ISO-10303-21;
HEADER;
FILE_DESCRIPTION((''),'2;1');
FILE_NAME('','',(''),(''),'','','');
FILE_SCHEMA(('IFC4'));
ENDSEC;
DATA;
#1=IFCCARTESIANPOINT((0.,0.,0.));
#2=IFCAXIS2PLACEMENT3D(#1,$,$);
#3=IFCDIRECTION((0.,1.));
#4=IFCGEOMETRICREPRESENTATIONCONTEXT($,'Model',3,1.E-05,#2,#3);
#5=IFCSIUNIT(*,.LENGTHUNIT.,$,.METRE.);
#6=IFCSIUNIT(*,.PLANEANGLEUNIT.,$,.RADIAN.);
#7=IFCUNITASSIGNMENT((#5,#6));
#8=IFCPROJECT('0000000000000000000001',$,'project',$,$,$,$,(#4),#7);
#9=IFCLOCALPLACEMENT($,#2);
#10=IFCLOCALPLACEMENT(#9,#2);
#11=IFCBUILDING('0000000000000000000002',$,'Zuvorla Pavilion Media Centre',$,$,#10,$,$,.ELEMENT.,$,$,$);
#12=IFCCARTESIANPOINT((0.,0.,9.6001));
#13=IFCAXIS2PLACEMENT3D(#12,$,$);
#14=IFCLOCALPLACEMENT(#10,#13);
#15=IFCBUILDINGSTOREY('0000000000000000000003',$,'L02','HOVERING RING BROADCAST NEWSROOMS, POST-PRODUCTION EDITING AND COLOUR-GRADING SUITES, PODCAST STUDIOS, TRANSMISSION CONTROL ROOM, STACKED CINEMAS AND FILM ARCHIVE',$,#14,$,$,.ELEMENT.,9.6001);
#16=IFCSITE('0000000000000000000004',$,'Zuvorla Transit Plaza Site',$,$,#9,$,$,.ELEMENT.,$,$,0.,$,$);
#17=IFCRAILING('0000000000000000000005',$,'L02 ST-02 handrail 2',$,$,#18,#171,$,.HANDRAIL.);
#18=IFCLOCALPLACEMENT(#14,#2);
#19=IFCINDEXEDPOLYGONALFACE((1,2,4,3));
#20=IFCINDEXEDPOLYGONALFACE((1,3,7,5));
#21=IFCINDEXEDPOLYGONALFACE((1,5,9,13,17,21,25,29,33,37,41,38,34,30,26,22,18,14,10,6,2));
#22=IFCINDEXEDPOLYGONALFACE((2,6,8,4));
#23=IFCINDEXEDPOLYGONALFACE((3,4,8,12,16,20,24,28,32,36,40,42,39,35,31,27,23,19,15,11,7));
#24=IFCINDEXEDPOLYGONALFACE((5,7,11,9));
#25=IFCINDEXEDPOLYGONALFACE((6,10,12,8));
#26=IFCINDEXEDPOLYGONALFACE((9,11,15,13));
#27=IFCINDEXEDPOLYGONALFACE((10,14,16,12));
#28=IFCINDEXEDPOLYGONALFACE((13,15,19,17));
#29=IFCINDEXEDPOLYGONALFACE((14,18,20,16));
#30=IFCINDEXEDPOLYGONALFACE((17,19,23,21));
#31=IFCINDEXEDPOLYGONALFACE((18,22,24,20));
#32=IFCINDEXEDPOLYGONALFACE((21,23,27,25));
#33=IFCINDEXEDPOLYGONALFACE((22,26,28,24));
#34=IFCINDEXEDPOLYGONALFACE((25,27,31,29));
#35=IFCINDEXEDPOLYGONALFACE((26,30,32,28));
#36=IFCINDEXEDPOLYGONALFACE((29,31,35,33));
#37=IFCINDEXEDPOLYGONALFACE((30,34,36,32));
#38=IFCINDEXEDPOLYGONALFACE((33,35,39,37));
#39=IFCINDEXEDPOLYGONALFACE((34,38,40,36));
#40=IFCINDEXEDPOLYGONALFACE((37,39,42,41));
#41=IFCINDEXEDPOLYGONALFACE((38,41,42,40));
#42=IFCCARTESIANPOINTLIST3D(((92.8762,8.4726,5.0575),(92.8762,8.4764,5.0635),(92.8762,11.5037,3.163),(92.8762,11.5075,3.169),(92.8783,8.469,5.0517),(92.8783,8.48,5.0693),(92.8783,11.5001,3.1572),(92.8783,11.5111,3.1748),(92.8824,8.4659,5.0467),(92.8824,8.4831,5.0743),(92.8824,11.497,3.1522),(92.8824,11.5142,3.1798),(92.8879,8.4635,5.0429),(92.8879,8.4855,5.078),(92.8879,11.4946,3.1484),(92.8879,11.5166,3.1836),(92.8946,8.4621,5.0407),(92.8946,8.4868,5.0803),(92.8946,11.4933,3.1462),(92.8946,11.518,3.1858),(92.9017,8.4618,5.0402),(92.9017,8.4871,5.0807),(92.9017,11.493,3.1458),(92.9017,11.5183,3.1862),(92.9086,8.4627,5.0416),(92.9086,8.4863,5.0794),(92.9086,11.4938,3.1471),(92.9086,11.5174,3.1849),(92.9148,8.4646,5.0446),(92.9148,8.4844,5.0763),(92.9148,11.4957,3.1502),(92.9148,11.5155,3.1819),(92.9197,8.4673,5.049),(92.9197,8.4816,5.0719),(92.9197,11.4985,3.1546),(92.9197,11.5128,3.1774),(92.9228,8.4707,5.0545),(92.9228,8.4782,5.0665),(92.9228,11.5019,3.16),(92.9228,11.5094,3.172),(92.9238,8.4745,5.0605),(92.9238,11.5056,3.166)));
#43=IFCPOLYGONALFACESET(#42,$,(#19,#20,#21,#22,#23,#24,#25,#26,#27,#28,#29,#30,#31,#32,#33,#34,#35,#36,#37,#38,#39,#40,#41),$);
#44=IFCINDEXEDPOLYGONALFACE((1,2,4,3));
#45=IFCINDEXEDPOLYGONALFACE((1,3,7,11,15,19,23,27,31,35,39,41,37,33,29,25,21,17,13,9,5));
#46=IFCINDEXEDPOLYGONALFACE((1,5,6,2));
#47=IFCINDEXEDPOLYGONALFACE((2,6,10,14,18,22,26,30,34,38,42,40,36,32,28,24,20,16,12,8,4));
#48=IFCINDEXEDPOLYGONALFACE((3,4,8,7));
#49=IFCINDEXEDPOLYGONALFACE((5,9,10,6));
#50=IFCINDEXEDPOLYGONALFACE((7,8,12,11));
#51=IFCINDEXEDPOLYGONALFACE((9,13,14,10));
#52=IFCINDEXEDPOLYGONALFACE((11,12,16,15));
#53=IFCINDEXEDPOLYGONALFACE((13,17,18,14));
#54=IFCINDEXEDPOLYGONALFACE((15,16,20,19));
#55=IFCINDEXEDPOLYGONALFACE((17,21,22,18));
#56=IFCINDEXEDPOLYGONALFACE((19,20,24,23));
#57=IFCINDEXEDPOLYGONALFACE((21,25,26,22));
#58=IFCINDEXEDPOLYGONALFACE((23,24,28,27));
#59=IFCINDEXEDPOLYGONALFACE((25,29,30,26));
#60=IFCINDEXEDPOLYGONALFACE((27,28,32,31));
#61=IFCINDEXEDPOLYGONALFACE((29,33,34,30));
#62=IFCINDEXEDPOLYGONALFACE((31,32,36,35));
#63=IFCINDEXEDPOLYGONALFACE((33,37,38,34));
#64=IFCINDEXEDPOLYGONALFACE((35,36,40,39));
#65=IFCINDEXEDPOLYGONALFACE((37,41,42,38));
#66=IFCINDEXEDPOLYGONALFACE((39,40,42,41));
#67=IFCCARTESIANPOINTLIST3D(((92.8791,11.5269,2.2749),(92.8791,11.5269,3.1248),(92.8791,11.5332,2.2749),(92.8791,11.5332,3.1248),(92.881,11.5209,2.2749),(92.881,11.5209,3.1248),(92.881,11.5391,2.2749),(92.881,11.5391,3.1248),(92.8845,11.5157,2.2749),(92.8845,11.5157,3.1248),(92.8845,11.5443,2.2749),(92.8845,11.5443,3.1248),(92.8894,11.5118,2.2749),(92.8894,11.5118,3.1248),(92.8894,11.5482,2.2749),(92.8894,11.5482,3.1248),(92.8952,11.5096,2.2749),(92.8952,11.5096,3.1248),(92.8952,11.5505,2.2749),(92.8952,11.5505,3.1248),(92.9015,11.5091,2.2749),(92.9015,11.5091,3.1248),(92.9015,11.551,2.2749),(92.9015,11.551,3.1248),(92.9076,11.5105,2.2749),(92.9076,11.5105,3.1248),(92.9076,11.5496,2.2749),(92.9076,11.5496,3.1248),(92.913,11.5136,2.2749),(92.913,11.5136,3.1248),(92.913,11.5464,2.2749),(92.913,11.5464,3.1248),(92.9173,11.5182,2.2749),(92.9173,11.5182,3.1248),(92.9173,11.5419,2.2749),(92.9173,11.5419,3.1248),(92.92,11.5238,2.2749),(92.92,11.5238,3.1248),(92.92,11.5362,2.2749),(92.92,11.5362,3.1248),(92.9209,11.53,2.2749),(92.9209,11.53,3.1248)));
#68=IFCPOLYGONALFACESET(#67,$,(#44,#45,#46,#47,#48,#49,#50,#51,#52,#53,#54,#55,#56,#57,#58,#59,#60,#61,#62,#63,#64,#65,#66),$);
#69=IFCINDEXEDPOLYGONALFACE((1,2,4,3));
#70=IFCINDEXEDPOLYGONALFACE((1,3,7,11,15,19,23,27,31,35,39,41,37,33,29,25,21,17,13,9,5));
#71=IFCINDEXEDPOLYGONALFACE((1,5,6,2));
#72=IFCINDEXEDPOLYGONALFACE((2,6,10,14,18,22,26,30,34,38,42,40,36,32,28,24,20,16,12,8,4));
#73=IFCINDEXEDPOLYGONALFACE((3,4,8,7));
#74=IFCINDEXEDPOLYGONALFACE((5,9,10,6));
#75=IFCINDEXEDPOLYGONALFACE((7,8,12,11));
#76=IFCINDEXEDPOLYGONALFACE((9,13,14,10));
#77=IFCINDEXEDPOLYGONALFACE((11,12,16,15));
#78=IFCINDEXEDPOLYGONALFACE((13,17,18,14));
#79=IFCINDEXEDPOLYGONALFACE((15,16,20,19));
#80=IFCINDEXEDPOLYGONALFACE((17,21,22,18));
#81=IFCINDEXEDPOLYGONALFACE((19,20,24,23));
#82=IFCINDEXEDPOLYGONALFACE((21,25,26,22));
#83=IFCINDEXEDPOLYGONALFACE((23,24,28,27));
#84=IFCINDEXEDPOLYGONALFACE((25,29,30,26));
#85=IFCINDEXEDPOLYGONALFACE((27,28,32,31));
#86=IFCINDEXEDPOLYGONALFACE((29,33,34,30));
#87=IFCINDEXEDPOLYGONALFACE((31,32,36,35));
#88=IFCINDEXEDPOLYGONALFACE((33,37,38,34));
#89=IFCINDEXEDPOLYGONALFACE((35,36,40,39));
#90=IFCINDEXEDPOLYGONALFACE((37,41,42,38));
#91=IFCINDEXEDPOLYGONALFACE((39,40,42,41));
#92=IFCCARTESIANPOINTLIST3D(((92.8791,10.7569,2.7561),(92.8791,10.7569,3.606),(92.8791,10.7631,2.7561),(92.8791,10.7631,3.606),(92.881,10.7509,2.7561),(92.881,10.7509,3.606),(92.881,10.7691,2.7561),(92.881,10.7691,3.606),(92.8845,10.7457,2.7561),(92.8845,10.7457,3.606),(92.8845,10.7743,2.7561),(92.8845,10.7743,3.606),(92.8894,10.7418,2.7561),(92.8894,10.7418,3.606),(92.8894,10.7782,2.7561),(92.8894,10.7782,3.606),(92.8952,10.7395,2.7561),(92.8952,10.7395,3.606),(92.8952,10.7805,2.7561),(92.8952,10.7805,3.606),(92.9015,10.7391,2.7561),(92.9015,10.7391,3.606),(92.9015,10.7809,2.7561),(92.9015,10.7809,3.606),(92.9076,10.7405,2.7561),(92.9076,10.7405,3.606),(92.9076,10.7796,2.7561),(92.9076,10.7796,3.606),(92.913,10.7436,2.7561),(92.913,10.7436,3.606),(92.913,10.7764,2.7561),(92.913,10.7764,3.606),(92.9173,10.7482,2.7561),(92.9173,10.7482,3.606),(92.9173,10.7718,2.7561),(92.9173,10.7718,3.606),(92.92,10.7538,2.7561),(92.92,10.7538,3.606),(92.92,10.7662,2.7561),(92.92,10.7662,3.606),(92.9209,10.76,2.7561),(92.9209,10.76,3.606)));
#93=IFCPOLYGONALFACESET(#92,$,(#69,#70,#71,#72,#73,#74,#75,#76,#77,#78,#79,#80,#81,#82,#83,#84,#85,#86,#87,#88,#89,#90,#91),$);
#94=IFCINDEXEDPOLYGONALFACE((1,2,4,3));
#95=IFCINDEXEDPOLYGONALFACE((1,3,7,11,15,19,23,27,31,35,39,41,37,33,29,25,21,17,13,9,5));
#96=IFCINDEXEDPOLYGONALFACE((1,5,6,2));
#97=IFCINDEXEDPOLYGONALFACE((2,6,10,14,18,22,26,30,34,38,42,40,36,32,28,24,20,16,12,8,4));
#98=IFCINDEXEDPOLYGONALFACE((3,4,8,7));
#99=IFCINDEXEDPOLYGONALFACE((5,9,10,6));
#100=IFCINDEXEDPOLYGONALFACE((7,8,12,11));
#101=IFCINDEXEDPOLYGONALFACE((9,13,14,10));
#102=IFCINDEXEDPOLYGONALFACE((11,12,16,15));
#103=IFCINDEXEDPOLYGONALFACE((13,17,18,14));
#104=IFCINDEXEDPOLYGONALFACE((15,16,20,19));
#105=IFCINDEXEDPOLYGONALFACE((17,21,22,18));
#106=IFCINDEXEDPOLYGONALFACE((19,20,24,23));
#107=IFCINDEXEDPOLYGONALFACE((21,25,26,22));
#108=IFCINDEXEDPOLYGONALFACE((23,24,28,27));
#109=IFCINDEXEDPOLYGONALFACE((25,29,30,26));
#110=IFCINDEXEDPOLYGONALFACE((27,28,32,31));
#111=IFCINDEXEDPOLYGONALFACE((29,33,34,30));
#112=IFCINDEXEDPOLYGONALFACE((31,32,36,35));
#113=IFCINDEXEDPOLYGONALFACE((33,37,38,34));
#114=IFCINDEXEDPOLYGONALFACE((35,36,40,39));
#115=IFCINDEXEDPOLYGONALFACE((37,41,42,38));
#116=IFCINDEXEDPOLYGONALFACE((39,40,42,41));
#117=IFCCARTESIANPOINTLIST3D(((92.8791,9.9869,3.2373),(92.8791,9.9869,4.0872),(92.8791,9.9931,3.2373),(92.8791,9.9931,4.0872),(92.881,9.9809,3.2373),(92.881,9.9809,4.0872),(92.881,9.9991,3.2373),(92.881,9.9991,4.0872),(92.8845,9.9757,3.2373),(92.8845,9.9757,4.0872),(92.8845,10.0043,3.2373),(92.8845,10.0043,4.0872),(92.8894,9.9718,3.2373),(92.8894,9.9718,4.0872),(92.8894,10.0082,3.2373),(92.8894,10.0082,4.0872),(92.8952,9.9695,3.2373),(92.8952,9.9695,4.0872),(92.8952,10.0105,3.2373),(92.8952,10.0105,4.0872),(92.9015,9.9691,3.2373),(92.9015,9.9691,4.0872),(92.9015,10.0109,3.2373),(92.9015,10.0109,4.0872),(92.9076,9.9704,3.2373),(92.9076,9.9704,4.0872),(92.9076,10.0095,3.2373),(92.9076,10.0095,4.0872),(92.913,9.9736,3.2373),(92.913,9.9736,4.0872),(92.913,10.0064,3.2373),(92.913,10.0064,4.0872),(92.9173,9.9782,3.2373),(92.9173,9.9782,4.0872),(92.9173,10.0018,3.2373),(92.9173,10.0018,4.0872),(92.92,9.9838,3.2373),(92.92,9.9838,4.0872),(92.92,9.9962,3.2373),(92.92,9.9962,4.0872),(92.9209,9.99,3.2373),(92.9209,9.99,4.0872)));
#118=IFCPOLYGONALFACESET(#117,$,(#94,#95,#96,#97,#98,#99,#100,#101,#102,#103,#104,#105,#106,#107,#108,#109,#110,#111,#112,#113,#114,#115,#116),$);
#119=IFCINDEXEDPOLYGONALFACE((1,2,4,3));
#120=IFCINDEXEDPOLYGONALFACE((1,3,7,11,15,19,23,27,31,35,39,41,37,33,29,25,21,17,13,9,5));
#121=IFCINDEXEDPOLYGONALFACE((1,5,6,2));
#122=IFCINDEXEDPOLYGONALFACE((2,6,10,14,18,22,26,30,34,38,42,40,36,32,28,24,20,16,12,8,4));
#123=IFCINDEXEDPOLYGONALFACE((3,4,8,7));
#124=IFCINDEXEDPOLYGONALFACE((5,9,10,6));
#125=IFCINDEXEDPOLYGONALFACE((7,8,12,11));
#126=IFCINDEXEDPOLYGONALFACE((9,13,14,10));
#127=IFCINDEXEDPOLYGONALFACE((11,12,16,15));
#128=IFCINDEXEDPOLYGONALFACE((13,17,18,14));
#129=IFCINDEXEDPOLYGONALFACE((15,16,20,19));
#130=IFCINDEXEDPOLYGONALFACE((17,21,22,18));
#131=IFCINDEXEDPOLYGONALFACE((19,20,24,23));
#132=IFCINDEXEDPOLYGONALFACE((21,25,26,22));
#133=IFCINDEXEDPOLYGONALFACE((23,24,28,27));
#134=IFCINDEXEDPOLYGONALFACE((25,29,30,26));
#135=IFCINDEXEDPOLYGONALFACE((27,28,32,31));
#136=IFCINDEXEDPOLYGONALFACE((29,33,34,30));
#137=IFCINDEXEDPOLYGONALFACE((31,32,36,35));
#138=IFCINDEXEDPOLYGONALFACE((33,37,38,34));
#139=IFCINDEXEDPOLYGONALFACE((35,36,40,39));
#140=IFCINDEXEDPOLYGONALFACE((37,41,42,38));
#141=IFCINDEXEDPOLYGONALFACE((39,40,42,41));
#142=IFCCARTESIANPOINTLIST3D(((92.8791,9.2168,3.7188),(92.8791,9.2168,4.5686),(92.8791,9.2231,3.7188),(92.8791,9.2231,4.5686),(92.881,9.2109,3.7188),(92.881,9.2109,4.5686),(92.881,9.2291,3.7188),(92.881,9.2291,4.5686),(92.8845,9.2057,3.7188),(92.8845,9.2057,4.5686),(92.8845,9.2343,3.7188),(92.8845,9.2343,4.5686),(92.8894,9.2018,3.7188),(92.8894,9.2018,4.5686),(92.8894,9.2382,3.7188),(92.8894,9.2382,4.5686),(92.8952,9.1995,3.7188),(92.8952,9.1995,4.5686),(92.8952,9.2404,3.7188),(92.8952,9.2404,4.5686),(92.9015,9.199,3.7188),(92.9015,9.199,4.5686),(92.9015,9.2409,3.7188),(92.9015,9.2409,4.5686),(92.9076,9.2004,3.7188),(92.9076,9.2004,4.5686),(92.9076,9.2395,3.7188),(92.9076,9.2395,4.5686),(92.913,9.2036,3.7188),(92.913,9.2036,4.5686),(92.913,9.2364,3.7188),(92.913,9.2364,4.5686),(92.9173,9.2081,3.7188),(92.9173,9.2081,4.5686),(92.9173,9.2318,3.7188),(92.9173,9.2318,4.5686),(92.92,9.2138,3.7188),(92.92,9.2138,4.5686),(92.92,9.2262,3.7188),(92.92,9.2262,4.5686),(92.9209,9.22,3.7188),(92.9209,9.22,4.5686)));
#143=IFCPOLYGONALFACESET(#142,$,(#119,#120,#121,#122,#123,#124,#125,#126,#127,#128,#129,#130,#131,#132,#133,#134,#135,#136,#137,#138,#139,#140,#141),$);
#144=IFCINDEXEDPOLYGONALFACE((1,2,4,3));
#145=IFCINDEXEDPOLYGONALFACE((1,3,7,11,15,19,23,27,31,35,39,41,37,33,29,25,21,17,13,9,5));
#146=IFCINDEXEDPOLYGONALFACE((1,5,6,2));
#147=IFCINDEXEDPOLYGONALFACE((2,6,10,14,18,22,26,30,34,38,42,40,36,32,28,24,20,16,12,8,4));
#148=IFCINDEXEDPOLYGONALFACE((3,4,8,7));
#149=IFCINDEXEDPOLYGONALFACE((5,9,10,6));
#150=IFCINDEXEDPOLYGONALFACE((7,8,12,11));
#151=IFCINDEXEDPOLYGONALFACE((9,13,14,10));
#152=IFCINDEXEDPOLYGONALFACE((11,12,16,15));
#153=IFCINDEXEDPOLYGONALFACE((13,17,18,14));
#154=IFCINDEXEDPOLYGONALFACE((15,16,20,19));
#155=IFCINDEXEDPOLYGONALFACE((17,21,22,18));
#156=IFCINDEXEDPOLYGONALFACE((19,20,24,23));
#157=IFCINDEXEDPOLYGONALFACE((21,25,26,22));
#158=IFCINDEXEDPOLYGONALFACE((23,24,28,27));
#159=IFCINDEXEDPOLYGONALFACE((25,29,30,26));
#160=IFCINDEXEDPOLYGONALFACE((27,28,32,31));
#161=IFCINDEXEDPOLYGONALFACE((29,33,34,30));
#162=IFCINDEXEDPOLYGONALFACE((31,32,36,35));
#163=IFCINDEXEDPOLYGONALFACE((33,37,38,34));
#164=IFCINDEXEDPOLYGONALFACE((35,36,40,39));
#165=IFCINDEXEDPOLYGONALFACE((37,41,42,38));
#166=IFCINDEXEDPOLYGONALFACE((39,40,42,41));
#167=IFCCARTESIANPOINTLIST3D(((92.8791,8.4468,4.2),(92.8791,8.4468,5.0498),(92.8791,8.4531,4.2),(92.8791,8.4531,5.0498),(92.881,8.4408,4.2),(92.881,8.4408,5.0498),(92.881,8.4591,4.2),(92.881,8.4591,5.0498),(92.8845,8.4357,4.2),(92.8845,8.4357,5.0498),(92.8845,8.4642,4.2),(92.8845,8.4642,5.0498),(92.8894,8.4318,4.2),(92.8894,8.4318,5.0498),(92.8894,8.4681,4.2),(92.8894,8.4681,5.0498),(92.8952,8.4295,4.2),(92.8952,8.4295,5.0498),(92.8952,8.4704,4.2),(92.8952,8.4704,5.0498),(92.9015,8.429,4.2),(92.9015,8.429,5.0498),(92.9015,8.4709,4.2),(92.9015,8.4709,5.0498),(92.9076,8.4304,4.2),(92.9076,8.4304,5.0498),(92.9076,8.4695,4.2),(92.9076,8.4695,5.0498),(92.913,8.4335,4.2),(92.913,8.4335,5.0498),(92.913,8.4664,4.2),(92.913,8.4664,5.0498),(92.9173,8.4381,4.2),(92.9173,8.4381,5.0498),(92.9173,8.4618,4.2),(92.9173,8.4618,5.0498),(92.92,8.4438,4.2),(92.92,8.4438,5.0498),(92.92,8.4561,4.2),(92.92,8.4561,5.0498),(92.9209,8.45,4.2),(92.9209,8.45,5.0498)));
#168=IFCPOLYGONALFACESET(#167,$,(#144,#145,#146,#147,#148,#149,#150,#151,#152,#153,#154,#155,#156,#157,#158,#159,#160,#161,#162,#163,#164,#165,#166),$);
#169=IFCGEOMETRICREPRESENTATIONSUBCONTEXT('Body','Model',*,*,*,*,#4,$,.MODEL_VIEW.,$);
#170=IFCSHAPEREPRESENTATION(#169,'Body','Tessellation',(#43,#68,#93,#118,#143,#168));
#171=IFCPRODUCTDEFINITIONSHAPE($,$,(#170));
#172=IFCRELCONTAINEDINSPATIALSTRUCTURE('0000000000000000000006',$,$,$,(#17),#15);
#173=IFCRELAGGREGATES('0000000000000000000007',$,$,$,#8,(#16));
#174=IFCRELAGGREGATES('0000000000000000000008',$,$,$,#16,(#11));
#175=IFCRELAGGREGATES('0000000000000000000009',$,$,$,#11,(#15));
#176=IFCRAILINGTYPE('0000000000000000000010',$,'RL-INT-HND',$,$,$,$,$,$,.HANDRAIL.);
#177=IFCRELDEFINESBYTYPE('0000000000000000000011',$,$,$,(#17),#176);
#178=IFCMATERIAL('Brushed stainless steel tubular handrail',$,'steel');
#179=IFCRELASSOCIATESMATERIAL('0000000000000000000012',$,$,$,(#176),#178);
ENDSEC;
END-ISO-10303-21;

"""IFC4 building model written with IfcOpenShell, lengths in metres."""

from ifc_helpers import new_model, si_unit, direction, frame, origin, origin_2d, place, context, subcontext, project, spatial, circle, extrude, material, type_object, element, save


model = new_model("IFC4")

# Units and contexts
model_context = context("Model", 3, precision=1e-05, world=origin(), true_north=direction((0.0, 1.0)))
body_context = subcontext(model_context, "Body", "Model", "MODEL_VIEW")
ifc_project = project(units=[si_unit("LENGTHUNIT", "METRE"), si_unit("PLANEANGLEUNIT", "RADIAN")], contexts=[model_context])

# Site, building, storey
site_placement = place(None, origin())
site = spatial("IfcSite", under=ifc_project, at=site_placement, Name="Zuvorla Transit Plaza Site", CompositionType="ELEMENT", RefElevation=0.0)
building_placement = place(site_placement, origin())
building = spatial("IfcBuilding", under=site, at=building_placement, Name="Zuvorla Pavilion Media Centre", CompositionType="ELEMENT")
storey_placement = place(building_placement, frame((0.0, 0.0, 9.6001)))
storey = spatial("IfcBuildingStorey", under=building, at=storey_placement, Name="L02", Description="HOVERING RING BROADCAST NEWSROOMS, POST-PRODUCTION EDITING AND COLOUR-GRADING SUITES, PODCAST STUDIOS, TRANSMISSION CONTROL ROOM, STACKED CINEMAS AND FILM ARCHIVE", CompositionType="ELEMENT", Elevation=9.6001)

# Railing
ifc_material_1 = material(Name="Brushed stainless steel tubular handrail", Category="steel")
railing_type_1 = type_object("IfcRailingType", Name="RL-INT-HND", PredefinedType="HANDRAIL", material=ifc_material_1)
railing_1_placement = place(storey_placement, frame((92.8999, 11.53, 2.2749)))
element("IfcRailing", 1, at=railing_1_placement, inside=storey, type_object=railing_type_1, Name="L02 ST-02 handrail 2", PredefinedType="HANDRAIL", context=body_context, shape_type="SweptSolid", body=[
    extrude(circle(Radius=0.0239, at=origin_2d()), frame((0.0, -0.0244, 0.8911), z_axis=(0.0, -0.847998, 0.529999), x_axis=(1.0, 0.0, 0.0)), (0.0, 0.0, 1.0), 3.5745),
    extrude(circle(Radius=0.021, at=origin_2d()), origin(), (0.0, 0.0, 1.0), 0.8499),
    extrude(circle(Radius=0.021, at=origin_2d()), frame((0.0, -0.77, 0.4812)), (0.0, 0.0, 1.0), 0.8499),
    extrude(circle(Radius=0.021, at=origin_2d()), frame((0.0, -1.54, 0.9624)), (0.0, 0.0, 1.0), 0.8499),
    extrude(circle(Radius=0.021, at=origin_2d()), frame((0.0, -2.3101, 1.4438)), (0.0, 0.0, 1.0), 0.8499),
    extrude(circle(Radius=0.021, at=origin_2d()), frame((0.0, -3.0801, 1.925)), (0.0, 0.0, 1.0), 0.8499),
])

save(model, "model.ifc")
